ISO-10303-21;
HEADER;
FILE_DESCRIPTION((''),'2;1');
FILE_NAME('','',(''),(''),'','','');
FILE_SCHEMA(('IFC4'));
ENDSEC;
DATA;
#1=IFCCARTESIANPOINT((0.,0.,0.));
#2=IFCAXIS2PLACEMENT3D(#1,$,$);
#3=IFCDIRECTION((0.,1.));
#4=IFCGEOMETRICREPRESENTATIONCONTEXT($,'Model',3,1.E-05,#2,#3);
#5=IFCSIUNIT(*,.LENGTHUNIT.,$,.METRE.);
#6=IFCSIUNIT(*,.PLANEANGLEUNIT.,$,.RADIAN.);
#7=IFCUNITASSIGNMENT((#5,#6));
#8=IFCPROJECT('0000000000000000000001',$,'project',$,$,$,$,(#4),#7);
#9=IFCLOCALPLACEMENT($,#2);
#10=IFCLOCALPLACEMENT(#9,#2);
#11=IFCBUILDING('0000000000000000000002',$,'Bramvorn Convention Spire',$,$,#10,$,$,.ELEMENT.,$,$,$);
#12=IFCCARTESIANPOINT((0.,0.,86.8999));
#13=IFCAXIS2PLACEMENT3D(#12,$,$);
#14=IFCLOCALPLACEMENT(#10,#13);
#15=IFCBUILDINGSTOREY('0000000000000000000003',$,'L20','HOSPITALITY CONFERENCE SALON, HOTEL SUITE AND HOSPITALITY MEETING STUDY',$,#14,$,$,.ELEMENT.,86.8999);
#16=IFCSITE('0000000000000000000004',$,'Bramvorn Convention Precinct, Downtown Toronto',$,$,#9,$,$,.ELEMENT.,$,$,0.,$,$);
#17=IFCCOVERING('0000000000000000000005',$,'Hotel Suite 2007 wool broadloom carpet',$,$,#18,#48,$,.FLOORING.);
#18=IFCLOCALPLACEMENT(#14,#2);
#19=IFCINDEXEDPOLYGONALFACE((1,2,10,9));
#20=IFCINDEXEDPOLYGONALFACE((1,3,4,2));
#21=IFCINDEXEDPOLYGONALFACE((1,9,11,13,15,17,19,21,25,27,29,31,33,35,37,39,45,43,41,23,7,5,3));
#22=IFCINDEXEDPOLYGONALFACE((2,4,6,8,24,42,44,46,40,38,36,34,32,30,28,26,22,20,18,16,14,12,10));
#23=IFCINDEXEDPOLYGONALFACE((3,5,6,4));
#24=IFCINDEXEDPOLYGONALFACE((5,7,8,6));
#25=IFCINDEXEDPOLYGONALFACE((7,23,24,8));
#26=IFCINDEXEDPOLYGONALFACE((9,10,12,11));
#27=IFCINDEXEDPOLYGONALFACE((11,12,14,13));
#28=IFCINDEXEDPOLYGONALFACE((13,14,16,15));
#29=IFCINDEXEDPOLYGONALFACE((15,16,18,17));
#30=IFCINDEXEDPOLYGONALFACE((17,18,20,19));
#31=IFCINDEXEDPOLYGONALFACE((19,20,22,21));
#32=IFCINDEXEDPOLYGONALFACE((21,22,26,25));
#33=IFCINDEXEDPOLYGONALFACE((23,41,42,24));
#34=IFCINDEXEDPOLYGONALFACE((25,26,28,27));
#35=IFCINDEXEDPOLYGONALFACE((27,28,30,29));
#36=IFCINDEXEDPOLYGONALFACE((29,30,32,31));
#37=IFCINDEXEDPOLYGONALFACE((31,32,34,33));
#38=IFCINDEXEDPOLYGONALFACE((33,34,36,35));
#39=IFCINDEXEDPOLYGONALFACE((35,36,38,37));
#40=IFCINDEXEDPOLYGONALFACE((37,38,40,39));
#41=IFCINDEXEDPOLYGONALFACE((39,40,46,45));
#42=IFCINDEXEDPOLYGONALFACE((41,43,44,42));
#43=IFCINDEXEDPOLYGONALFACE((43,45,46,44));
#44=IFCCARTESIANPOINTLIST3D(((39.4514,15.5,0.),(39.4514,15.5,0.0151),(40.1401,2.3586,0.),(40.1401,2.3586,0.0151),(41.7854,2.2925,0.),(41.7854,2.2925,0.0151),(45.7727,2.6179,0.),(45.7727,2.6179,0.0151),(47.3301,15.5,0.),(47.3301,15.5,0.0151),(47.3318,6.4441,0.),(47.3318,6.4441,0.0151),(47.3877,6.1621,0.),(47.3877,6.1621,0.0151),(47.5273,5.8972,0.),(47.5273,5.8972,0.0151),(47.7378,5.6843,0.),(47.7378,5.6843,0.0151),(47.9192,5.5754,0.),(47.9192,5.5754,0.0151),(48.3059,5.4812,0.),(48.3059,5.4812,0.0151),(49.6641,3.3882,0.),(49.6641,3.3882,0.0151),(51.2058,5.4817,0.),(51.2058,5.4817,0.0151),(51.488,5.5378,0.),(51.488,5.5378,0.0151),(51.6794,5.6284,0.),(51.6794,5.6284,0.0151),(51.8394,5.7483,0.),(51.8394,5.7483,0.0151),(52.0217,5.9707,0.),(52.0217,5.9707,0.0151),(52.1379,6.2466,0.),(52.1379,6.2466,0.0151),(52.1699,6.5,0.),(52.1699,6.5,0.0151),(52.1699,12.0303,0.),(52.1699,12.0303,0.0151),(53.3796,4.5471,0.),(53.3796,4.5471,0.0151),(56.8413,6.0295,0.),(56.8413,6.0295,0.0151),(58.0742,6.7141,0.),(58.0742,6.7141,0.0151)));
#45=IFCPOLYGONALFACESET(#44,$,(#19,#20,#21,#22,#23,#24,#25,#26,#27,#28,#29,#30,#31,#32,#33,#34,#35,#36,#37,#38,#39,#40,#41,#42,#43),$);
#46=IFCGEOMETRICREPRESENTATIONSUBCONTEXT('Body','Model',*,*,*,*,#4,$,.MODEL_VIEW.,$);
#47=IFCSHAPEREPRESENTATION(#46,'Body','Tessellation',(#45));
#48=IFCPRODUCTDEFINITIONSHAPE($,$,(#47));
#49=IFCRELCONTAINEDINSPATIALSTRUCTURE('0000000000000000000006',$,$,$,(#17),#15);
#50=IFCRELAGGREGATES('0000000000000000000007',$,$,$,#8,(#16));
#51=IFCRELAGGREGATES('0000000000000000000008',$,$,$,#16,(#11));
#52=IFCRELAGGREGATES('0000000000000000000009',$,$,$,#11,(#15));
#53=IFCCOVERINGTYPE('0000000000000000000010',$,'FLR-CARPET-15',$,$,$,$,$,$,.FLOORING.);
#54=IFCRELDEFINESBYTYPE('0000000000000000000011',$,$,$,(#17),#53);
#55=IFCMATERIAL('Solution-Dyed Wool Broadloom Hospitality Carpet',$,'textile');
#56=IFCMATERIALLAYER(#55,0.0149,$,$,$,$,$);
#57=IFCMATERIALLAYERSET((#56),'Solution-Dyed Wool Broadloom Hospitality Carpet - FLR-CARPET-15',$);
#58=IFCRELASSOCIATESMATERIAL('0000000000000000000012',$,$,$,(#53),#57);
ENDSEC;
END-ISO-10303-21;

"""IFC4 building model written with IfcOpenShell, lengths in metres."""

from ifc_helpers import new_model, si_unit, direction, frame, origin, place, context, subcontext, project, spatial, polyline, outline, extrude, material, layer, layer_set, type_object, element, save


model = new_model("IFC4")

# Units and contexts
model_context = context("Model", 3, precision=1e-05, world=origin(), true_north=direction((0.0, 1.0)))
body_context = subcontext(model_context, "Body", "Model", "MODEL_VIEW")
ifc_project = project(units=[si_unit("LENGTHUNIT", "METRE"), si_unit("PLANEANGLEUNIT", "RADIAN")], contexts=[model_context])

# Site, building, storey
site_placement = place(None, origin())
site = spatial("IfcSite", under=ifc_project, at=site_placement, Name="Bramvorn Convention Precinct, Downtown Toronto", CompositionType="ELEMENT", RefElevation=0.0)
building_placement = place(site_placement, origin())
building = spatial("IfcBuilding", under=site, at=building_placement, Name="Bramvorn Convention Spire", CompositionType="ELEMENT")
storey_placement = place(building_placement, frame((0.0, 0.0, 86.8999)))
storey = spatial("IfcBuildingStorey", under=building, at=storey_placement, Name="L20", Description="HOSPITALITY CONFERENCE SALON, HOTEL SUITE AND HOSPITALITY MEETING STUDY", CompositionType="ELEMENT", Elevation=86.8999)

# Covering
ifc_material_1 = material(Name="Solution-Dyed Wool Broadloom Hospitality Carpet", Category="textile")
ifc_layer_1 = layer(ifc_material_1, 0.0149)
ifc_layer_set_1 = layer_set([ifc_layer_1], Name="Solution-Dyed Wool Broadloom Hospitality Carpet - FLR-CARPET-15")
covering_type = type_object("IfcCoveringType", Name="FLR-CARPET-15", PredefinedType="FLOORING", material=ifc_layer_set_1)
covering_1_placement = place(storey_placement, origin())
element("IfcCovering", 1, at=covering_1_placement, inside=storey, type_object=covering_type, Name="Hotel Suite 2007 wool broadloom carpet", PredefinedType="FLOORING", context=body_context, shape_type="SweptSolid", body=[
    extrude(outline(polyline([(56.8413, 6.0295), (58.0742, 6.7141), (52.1699, 12.0303), (52.1699, 6.5), (52.1379, 6.2466), (52.0217, 5.9707), (51.8394, 5.7483), (51.6794, 5.6284), (51.488, 5.5378), (51.2058, 5.4817), (48.3059, 5.4812), (47.9192, 5.5754), (47.7378, 5.6843), (47.5273, 5.8972), (47.3877, 6.1621), (47.3318, 6.4441), (47.3301, 15.5), (39.4514, 15.5), (40.1401, 2.3586), (41.7854, 2.2925), (45.7727, 2.6179), (49.6641, 3.3882), (53.3796, 4.5471), (56.8413, 6.0295)])), origin(), (0.0, 0.0, 1.0), 0.0151),
])

save(model, "model.ifc")
